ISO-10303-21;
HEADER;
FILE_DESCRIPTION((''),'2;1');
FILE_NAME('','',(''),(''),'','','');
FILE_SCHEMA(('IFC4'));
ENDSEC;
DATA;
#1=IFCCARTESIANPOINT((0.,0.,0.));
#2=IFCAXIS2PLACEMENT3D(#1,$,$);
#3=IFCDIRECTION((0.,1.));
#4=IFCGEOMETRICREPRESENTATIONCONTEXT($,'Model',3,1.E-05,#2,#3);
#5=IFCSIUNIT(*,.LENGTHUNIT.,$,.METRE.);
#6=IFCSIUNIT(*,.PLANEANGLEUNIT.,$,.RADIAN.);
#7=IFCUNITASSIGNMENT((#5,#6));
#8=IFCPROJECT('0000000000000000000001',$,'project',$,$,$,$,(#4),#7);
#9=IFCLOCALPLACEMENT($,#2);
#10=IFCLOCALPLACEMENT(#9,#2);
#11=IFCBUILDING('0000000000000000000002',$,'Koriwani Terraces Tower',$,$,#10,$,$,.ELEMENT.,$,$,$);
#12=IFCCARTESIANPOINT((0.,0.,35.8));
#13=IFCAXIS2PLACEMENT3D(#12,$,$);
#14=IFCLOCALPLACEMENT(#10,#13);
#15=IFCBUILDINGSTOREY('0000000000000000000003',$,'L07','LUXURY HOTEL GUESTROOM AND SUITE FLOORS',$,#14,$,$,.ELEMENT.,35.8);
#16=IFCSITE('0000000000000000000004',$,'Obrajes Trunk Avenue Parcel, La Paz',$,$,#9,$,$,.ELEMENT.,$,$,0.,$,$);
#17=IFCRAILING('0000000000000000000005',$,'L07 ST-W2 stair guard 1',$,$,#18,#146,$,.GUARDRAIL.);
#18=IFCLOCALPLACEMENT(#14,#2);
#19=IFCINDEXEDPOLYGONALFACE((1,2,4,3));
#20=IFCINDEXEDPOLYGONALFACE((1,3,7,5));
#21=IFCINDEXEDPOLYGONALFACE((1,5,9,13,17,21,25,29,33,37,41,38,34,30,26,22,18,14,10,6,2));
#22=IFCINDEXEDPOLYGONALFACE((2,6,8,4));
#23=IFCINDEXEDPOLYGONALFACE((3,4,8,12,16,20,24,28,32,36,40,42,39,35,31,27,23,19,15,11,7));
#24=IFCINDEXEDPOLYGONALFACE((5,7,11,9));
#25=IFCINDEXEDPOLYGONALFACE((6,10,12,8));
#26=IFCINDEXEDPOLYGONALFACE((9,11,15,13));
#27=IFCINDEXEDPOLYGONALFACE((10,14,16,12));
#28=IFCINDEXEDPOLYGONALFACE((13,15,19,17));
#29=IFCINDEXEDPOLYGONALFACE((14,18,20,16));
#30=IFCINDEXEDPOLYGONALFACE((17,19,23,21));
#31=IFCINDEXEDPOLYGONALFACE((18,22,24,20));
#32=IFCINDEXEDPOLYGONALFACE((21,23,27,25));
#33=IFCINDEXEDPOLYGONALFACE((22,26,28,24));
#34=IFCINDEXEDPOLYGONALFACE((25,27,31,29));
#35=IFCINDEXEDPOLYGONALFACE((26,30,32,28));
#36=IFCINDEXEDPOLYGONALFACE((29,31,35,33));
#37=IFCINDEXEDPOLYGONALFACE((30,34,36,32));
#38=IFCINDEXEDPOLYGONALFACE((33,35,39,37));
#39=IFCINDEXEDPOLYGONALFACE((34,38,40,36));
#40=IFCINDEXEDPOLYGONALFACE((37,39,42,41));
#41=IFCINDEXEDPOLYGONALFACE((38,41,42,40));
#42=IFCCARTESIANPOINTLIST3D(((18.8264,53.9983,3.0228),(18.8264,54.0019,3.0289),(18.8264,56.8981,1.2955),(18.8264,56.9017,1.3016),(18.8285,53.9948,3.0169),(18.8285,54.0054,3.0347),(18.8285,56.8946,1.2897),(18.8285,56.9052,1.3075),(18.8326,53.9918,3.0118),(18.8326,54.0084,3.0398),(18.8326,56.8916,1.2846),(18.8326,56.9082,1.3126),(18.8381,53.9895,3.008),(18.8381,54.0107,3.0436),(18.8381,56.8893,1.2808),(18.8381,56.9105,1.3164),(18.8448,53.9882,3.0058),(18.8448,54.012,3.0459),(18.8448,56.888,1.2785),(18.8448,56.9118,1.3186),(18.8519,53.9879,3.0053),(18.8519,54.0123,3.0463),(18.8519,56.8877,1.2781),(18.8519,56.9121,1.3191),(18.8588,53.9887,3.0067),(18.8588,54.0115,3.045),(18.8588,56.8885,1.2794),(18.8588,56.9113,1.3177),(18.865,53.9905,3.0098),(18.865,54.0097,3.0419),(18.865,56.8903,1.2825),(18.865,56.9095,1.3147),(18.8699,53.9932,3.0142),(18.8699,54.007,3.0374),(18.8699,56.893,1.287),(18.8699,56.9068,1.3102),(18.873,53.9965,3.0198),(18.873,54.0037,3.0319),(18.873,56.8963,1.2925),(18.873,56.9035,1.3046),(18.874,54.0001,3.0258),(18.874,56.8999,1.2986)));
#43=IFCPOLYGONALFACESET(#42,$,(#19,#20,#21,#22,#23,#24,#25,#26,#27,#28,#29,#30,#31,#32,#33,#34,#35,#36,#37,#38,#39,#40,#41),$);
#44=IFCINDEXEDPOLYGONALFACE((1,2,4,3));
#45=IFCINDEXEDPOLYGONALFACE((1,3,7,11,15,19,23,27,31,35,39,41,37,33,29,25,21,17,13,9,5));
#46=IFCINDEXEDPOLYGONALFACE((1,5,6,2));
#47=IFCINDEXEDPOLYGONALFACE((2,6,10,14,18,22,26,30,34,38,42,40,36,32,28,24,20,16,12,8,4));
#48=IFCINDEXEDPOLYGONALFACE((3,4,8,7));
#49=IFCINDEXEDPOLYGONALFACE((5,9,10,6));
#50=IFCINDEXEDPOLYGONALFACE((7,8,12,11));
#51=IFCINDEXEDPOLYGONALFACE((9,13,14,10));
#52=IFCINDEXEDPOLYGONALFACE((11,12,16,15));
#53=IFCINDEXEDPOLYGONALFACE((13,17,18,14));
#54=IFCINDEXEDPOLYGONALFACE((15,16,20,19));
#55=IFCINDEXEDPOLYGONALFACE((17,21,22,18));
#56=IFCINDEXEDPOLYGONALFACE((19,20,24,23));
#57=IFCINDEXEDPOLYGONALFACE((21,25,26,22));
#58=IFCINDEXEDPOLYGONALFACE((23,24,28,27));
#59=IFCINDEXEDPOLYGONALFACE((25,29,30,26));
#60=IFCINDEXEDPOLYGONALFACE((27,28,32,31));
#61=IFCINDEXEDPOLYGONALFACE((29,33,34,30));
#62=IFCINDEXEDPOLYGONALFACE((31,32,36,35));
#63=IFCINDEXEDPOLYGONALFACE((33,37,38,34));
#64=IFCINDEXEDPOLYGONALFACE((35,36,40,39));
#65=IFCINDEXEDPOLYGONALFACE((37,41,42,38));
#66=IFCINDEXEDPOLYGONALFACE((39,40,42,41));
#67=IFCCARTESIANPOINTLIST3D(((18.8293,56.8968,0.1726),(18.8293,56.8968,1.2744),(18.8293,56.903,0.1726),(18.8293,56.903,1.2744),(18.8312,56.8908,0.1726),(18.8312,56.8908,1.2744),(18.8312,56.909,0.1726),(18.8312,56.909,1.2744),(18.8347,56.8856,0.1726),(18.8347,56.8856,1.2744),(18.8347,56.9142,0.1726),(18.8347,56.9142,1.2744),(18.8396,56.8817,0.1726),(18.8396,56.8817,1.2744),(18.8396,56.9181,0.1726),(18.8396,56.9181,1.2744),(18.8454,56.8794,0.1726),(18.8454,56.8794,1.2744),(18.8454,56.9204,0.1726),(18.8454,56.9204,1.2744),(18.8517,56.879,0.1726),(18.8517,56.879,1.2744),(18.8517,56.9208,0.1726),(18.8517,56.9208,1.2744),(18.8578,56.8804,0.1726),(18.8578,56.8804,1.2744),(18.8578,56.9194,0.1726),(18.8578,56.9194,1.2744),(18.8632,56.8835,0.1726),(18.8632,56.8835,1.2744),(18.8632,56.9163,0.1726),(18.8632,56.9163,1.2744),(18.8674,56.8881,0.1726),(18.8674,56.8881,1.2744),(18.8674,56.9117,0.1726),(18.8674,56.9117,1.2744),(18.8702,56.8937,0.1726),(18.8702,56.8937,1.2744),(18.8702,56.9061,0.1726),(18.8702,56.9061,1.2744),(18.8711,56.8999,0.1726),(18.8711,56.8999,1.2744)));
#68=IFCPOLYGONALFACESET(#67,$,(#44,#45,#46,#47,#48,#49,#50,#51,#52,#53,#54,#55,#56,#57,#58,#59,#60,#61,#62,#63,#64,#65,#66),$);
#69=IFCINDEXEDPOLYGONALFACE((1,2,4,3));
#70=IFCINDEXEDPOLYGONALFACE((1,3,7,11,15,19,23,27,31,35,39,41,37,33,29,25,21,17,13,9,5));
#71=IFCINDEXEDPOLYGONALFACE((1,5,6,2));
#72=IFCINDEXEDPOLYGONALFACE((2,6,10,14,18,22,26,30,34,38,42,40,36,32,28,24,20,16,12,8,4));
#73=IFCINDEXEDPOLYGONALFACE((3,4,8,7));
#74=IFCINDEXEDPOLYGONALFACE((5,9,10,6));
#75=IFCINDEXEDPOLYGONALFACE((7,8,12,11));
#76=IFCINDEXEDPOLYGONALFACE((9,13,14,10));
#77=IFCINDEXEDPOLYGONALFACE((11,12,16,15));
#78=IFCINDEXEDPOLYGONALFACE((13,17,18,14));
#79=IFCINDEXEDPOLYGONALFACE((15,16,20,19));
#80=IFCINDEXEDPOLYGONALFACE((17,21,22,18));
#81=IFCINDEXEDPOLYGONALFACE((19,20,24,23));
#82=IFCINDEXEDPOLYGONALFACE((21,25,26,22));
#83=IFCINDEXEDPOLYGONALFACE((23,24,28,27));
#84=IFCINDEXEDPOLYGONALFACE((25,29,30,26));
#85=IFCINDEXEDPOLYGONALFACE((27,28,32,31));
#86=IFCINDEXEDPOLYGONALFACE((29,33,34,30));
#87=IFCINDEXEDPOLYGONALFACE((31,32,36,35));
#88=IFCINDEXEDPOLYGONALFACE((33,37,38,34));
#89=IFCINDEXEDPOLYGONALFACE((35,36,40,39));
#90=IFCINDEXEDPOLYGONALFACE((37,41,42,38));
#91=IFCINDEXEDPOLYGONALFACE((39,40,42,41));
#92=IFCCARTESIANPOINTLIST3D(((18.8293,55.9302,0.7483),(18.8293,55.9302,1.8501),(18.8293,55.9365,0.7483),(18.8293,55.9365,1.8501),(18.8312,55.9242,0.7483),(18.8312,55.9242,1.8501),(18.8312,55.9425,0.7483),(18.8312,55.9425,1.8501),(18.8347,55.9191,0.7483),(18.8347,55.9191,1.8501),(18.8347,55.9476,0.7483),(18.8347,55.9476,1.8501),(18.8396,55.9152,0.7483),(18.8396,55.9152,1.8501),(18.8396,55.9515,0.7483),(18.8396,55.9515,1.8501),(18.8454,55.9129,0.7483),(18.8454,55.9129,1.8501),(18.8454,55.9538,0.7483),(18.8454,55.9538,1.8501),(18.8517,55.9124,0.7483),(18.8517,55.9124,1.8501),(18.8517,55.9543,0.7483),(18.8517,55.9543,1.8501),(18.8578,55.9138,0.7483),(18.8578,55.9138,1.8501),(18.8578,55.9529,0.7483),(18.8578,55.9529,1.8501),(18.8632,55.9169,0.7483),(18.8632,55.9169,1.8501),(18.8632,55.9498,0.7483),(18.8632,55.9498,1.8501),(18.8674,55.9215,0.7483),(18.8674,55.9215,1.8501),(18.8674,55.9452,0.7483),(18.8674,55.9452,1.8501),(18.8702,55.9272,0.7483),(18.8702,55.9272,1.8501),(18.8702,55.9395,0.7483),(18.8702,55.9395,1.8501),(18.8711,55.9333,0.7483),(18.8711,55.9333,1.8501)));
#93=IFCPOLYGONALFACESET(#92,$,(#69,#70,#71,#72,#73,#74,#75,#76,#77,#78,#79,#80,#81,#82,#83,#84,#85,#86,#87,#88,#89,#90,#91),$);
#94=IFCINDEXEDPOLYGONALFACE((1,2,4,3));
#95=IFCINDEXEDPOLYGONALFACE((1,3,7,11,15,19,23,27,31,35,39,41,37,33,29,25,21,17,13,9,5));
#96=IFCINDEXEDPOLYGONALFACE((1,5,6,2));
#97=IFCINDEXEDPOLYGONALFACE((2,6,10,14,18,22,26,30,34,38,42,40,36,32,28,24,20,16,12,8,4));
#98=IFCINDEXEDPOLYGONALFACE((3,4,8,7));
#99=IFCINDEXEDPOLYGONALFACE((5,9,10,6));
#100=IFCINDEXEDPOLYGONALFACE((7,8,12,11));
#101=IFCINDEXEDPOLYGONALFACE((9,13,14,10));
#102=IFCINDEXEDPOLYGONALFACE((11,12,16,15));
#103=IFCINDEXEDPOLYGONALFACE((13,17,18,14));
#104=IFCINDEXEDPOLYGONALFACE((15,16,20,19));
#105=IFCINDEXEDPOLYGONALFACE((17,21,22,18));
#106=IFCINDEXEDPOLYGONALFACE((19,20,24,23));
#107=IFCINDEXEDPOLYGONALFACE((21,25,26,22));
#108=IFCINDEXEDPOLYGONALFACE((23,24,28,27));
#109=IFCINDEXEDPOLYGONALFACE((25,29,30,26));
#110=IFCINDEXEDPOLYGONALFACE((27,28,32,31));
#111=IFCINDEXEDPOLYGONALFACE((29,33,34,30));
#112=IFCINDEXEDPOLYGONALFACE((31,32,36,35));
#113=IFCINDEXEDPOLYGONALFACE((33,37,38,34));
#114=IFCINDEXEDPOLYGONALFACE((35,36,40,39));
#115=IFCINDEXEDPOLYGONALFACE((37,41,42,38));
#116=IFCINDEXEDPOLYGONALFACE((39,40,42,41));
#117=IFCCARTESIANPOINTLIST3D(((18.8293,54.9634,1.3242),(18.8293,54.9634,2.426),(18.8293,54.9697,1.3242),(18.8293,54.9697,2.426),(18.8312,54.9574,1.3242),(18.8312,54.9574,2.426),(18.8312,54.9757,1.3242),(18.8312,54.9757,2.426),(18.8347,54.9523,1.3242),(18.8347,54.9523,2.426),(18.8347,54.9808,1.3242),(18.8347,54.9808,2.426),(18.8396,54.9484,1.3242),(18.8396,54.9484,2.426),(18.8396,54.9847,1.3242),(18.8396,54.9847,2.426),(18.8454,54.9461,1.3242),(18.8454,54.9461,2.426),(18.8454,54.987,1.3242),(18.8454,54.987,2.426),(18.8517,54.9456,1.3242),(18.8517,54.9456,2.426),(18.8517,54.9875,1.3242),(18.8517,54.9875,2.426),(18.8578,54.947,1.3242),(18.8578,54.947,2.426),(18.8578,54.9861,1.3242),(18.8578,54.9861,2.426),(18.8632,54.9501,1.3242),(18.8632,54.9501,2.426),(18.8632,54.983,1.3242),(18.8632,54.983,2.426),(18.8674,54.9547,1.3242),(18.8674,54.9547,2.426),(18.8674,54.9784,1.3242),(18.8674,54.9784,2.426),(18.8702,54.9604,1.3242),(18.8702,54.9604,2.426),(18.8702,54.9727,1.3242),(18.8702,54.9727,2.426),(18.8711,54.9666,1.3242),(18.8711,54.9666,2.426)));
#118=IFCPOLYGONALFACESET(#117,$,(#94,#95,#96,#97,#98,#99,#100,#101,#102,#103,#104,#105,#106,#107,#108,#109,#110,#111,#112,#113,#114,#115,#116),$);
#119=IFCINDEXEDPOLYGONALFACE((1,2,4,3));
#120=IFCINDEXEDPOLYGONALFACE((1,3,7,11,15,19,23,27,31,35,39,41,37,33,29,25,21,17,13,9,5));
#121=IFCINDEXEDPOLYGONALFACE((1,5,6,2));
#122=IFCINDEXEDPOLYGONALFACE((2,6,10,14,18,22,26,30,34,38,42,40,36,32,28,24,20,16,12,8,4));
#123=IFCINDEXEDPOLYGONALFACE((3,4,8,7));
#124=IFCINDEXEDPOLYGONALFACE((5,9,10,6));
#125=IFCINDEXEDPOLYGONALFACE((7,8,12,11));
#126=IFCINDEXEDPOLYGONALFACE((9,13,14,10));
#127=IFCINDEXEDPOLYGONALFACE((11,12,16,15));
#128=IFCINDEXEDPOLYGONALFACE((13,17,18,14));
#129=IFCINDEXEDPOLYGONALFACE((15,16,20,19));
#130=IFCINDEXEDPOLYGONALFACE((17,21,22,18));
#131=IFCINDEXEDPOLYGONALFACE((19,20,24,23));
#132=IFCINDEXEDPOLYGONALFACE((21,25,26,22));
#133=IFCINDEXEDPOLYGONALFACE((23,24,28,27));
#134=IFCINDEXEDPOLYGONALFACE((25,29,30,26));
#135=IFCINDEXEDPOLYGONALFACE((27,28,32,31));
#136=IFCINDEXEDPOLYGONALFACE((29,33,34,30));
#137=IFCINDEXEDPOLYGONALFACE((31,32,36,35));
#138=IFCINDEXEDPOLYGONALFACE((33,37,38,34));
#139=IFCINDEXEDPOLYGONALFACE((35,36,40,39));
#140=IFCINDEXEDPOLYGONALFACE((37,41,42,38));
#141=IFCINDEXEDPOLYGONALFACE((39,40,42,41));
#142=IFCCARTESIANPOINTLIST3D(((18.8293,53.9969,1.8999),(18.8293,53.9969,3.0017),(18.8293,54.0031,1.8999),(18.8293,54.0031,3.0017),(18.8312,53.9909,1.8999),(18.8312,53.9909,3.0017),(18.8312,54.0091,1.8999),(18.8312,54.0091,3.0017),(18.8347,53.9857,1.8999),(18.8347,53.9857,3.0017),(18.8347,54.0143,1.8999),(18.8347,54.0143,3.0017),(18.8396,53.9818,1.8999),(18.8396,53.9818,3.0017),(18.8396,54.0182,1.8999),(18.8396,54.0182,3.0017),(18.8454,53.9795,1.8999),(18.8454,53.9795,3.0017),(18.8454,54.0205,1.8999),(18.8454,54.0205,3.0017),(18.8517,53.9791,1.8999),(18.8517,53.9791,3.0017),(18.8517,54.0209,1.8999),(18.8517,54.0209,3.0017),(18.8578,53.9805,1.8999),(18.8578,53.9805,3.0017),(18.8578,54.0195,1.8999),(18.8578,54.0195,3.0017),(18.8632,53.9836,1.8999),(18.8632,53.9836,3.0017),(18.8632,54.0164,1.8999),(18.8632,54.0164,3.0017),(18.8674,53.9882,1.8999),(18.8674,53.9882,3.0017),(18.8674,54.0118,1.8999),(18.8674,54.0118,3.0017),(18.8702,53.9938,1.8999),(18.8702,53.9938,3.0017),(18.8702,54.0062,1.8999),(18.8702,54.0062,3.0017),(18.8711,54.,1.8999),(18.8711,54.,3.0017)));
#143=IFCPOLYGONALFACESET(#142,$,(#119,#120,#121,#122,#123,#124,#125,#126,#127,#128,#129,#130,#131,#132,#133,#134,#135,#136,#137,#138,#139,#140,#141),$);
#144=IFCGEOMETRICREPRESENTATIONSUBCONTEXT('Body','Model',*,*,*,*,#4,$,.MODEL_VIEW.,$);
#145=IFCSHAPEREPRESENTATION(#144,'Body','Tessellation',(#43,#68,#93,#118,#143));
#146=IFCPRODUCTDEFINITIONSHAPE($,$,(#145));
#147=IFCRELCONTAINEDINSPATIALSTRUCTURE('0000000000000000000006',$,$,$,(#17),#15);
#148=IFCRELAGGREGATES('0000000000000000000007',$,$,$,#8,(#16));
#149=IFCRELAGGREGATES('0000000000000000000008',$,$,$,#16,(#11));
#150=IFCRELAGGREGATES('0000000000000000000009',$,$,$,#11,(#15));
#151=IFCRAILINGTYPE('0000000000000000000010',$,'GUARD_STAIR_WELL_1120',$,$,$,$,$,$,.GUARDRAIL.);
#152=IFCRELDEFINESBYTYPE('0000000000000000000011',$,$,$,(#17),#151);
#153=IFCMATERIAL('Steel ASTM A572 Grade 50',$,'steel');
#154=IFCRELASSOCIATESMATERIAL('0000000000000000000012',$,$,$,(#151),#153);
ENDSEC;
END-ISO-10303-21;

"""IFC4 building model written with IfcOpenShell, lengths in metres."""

from ifc_helpers import new_model, si_unit, direction, frame, origin, origin_2d, place, context, subcontext, project, spatial, circle, extrude, material, type_object, element, save


model = new_model("IFC4")

# Units and contexts
model_context = context("Model", 3, precision=1e-05, world=origin(), true_north=direction((0.0, 1.0)))
body_context = subcontext(model_context, "Body", "Model", "MODEL_VIEW")
ifc_project = project(units=[si_unit("LENGTHUNIT", "METRE"), si_unit("PLANEANGLEUNIT", "RADIAN")], contexts=[model_context])

# Site, building, storey
site_placement = place(None, origin())
site = spatial("IfcSite", under=ifc_project, at=site_placement, Name="Obrajes Trunk Avenue Parcel, La Paz", CompositionType="ELEMENT", RefElevation=0.0)
building_placement = place(site_placement, origin())
building = spatial("IfcBuilding", under=site, at=building_placement, Name="Koriwani Terraces Tower", CompositionType="ELEMENT")
storey_placement = place(building_placement, frame((0.0, 0.0, 35.8)))
storey = spatial("IfcBuildingStorey", under=building, at=storey_placement, Name="L07", Description="LUXURY HOTEL GUESTROOM AND SUITE FLOORS", CompositionType="ELEMENT", Elevation=35.8)

# Shared definitions
ifc_material_1 = material(Name="Steel ASTM A572 Grade 50", Category="steel")

# Railing
railing_type_1 = type_object("IfcRailingType", Name="GUARD_STAIR_WELL_1120", PredefinedType="GUARDRAIL", material=ifc_material_1)
for number, where, name in (
    (1, (18.8501, 56.8999, 0.1726), "L07 ST-W2 stair guard 1"),
):
    element("IfcRailing", number, at=place(storey_placement, frame(where)), inside=storey, type_object=railing_type_1, Name=name, PredefinedType="GUARDRAIL", context=body_context, shape_type="SweptSolid", body=[
        extrude(circle(Radius=0.0239, at=origin_2d()), frame((0.0, 0.0, 1.126), z_axis=(0.0, -0.859141, 0.511738), x_axis=(1.0, 0.0, 0.0)), (0.0, 0.0, 1.0), 3.3752),
        extrude(circle(Radius=0.021, at=origin_2d()), origin(), (0.0, 0.0, 1.0), 1.1018),
        extrude(circle(Radius=0.021, at=origin_2d()), frame((0.0, -0.9666, 0.5757)), (0.0, 0.0, 1.0), 1.1018),
        extrude(circle(Radius=0.021, at=origin_2d()), frame((0.0, -1.9333, 1.1516)), (0.0, 0.0, 1.0), 1.1018),
        extrude(circle(Radius=0.021, at=origin_2d()), frame((0.0, -2.8999, 1.7273)), (0.0, 0.0, 1.0), 1.1018),
    ])

save(model, "model.ifc")
